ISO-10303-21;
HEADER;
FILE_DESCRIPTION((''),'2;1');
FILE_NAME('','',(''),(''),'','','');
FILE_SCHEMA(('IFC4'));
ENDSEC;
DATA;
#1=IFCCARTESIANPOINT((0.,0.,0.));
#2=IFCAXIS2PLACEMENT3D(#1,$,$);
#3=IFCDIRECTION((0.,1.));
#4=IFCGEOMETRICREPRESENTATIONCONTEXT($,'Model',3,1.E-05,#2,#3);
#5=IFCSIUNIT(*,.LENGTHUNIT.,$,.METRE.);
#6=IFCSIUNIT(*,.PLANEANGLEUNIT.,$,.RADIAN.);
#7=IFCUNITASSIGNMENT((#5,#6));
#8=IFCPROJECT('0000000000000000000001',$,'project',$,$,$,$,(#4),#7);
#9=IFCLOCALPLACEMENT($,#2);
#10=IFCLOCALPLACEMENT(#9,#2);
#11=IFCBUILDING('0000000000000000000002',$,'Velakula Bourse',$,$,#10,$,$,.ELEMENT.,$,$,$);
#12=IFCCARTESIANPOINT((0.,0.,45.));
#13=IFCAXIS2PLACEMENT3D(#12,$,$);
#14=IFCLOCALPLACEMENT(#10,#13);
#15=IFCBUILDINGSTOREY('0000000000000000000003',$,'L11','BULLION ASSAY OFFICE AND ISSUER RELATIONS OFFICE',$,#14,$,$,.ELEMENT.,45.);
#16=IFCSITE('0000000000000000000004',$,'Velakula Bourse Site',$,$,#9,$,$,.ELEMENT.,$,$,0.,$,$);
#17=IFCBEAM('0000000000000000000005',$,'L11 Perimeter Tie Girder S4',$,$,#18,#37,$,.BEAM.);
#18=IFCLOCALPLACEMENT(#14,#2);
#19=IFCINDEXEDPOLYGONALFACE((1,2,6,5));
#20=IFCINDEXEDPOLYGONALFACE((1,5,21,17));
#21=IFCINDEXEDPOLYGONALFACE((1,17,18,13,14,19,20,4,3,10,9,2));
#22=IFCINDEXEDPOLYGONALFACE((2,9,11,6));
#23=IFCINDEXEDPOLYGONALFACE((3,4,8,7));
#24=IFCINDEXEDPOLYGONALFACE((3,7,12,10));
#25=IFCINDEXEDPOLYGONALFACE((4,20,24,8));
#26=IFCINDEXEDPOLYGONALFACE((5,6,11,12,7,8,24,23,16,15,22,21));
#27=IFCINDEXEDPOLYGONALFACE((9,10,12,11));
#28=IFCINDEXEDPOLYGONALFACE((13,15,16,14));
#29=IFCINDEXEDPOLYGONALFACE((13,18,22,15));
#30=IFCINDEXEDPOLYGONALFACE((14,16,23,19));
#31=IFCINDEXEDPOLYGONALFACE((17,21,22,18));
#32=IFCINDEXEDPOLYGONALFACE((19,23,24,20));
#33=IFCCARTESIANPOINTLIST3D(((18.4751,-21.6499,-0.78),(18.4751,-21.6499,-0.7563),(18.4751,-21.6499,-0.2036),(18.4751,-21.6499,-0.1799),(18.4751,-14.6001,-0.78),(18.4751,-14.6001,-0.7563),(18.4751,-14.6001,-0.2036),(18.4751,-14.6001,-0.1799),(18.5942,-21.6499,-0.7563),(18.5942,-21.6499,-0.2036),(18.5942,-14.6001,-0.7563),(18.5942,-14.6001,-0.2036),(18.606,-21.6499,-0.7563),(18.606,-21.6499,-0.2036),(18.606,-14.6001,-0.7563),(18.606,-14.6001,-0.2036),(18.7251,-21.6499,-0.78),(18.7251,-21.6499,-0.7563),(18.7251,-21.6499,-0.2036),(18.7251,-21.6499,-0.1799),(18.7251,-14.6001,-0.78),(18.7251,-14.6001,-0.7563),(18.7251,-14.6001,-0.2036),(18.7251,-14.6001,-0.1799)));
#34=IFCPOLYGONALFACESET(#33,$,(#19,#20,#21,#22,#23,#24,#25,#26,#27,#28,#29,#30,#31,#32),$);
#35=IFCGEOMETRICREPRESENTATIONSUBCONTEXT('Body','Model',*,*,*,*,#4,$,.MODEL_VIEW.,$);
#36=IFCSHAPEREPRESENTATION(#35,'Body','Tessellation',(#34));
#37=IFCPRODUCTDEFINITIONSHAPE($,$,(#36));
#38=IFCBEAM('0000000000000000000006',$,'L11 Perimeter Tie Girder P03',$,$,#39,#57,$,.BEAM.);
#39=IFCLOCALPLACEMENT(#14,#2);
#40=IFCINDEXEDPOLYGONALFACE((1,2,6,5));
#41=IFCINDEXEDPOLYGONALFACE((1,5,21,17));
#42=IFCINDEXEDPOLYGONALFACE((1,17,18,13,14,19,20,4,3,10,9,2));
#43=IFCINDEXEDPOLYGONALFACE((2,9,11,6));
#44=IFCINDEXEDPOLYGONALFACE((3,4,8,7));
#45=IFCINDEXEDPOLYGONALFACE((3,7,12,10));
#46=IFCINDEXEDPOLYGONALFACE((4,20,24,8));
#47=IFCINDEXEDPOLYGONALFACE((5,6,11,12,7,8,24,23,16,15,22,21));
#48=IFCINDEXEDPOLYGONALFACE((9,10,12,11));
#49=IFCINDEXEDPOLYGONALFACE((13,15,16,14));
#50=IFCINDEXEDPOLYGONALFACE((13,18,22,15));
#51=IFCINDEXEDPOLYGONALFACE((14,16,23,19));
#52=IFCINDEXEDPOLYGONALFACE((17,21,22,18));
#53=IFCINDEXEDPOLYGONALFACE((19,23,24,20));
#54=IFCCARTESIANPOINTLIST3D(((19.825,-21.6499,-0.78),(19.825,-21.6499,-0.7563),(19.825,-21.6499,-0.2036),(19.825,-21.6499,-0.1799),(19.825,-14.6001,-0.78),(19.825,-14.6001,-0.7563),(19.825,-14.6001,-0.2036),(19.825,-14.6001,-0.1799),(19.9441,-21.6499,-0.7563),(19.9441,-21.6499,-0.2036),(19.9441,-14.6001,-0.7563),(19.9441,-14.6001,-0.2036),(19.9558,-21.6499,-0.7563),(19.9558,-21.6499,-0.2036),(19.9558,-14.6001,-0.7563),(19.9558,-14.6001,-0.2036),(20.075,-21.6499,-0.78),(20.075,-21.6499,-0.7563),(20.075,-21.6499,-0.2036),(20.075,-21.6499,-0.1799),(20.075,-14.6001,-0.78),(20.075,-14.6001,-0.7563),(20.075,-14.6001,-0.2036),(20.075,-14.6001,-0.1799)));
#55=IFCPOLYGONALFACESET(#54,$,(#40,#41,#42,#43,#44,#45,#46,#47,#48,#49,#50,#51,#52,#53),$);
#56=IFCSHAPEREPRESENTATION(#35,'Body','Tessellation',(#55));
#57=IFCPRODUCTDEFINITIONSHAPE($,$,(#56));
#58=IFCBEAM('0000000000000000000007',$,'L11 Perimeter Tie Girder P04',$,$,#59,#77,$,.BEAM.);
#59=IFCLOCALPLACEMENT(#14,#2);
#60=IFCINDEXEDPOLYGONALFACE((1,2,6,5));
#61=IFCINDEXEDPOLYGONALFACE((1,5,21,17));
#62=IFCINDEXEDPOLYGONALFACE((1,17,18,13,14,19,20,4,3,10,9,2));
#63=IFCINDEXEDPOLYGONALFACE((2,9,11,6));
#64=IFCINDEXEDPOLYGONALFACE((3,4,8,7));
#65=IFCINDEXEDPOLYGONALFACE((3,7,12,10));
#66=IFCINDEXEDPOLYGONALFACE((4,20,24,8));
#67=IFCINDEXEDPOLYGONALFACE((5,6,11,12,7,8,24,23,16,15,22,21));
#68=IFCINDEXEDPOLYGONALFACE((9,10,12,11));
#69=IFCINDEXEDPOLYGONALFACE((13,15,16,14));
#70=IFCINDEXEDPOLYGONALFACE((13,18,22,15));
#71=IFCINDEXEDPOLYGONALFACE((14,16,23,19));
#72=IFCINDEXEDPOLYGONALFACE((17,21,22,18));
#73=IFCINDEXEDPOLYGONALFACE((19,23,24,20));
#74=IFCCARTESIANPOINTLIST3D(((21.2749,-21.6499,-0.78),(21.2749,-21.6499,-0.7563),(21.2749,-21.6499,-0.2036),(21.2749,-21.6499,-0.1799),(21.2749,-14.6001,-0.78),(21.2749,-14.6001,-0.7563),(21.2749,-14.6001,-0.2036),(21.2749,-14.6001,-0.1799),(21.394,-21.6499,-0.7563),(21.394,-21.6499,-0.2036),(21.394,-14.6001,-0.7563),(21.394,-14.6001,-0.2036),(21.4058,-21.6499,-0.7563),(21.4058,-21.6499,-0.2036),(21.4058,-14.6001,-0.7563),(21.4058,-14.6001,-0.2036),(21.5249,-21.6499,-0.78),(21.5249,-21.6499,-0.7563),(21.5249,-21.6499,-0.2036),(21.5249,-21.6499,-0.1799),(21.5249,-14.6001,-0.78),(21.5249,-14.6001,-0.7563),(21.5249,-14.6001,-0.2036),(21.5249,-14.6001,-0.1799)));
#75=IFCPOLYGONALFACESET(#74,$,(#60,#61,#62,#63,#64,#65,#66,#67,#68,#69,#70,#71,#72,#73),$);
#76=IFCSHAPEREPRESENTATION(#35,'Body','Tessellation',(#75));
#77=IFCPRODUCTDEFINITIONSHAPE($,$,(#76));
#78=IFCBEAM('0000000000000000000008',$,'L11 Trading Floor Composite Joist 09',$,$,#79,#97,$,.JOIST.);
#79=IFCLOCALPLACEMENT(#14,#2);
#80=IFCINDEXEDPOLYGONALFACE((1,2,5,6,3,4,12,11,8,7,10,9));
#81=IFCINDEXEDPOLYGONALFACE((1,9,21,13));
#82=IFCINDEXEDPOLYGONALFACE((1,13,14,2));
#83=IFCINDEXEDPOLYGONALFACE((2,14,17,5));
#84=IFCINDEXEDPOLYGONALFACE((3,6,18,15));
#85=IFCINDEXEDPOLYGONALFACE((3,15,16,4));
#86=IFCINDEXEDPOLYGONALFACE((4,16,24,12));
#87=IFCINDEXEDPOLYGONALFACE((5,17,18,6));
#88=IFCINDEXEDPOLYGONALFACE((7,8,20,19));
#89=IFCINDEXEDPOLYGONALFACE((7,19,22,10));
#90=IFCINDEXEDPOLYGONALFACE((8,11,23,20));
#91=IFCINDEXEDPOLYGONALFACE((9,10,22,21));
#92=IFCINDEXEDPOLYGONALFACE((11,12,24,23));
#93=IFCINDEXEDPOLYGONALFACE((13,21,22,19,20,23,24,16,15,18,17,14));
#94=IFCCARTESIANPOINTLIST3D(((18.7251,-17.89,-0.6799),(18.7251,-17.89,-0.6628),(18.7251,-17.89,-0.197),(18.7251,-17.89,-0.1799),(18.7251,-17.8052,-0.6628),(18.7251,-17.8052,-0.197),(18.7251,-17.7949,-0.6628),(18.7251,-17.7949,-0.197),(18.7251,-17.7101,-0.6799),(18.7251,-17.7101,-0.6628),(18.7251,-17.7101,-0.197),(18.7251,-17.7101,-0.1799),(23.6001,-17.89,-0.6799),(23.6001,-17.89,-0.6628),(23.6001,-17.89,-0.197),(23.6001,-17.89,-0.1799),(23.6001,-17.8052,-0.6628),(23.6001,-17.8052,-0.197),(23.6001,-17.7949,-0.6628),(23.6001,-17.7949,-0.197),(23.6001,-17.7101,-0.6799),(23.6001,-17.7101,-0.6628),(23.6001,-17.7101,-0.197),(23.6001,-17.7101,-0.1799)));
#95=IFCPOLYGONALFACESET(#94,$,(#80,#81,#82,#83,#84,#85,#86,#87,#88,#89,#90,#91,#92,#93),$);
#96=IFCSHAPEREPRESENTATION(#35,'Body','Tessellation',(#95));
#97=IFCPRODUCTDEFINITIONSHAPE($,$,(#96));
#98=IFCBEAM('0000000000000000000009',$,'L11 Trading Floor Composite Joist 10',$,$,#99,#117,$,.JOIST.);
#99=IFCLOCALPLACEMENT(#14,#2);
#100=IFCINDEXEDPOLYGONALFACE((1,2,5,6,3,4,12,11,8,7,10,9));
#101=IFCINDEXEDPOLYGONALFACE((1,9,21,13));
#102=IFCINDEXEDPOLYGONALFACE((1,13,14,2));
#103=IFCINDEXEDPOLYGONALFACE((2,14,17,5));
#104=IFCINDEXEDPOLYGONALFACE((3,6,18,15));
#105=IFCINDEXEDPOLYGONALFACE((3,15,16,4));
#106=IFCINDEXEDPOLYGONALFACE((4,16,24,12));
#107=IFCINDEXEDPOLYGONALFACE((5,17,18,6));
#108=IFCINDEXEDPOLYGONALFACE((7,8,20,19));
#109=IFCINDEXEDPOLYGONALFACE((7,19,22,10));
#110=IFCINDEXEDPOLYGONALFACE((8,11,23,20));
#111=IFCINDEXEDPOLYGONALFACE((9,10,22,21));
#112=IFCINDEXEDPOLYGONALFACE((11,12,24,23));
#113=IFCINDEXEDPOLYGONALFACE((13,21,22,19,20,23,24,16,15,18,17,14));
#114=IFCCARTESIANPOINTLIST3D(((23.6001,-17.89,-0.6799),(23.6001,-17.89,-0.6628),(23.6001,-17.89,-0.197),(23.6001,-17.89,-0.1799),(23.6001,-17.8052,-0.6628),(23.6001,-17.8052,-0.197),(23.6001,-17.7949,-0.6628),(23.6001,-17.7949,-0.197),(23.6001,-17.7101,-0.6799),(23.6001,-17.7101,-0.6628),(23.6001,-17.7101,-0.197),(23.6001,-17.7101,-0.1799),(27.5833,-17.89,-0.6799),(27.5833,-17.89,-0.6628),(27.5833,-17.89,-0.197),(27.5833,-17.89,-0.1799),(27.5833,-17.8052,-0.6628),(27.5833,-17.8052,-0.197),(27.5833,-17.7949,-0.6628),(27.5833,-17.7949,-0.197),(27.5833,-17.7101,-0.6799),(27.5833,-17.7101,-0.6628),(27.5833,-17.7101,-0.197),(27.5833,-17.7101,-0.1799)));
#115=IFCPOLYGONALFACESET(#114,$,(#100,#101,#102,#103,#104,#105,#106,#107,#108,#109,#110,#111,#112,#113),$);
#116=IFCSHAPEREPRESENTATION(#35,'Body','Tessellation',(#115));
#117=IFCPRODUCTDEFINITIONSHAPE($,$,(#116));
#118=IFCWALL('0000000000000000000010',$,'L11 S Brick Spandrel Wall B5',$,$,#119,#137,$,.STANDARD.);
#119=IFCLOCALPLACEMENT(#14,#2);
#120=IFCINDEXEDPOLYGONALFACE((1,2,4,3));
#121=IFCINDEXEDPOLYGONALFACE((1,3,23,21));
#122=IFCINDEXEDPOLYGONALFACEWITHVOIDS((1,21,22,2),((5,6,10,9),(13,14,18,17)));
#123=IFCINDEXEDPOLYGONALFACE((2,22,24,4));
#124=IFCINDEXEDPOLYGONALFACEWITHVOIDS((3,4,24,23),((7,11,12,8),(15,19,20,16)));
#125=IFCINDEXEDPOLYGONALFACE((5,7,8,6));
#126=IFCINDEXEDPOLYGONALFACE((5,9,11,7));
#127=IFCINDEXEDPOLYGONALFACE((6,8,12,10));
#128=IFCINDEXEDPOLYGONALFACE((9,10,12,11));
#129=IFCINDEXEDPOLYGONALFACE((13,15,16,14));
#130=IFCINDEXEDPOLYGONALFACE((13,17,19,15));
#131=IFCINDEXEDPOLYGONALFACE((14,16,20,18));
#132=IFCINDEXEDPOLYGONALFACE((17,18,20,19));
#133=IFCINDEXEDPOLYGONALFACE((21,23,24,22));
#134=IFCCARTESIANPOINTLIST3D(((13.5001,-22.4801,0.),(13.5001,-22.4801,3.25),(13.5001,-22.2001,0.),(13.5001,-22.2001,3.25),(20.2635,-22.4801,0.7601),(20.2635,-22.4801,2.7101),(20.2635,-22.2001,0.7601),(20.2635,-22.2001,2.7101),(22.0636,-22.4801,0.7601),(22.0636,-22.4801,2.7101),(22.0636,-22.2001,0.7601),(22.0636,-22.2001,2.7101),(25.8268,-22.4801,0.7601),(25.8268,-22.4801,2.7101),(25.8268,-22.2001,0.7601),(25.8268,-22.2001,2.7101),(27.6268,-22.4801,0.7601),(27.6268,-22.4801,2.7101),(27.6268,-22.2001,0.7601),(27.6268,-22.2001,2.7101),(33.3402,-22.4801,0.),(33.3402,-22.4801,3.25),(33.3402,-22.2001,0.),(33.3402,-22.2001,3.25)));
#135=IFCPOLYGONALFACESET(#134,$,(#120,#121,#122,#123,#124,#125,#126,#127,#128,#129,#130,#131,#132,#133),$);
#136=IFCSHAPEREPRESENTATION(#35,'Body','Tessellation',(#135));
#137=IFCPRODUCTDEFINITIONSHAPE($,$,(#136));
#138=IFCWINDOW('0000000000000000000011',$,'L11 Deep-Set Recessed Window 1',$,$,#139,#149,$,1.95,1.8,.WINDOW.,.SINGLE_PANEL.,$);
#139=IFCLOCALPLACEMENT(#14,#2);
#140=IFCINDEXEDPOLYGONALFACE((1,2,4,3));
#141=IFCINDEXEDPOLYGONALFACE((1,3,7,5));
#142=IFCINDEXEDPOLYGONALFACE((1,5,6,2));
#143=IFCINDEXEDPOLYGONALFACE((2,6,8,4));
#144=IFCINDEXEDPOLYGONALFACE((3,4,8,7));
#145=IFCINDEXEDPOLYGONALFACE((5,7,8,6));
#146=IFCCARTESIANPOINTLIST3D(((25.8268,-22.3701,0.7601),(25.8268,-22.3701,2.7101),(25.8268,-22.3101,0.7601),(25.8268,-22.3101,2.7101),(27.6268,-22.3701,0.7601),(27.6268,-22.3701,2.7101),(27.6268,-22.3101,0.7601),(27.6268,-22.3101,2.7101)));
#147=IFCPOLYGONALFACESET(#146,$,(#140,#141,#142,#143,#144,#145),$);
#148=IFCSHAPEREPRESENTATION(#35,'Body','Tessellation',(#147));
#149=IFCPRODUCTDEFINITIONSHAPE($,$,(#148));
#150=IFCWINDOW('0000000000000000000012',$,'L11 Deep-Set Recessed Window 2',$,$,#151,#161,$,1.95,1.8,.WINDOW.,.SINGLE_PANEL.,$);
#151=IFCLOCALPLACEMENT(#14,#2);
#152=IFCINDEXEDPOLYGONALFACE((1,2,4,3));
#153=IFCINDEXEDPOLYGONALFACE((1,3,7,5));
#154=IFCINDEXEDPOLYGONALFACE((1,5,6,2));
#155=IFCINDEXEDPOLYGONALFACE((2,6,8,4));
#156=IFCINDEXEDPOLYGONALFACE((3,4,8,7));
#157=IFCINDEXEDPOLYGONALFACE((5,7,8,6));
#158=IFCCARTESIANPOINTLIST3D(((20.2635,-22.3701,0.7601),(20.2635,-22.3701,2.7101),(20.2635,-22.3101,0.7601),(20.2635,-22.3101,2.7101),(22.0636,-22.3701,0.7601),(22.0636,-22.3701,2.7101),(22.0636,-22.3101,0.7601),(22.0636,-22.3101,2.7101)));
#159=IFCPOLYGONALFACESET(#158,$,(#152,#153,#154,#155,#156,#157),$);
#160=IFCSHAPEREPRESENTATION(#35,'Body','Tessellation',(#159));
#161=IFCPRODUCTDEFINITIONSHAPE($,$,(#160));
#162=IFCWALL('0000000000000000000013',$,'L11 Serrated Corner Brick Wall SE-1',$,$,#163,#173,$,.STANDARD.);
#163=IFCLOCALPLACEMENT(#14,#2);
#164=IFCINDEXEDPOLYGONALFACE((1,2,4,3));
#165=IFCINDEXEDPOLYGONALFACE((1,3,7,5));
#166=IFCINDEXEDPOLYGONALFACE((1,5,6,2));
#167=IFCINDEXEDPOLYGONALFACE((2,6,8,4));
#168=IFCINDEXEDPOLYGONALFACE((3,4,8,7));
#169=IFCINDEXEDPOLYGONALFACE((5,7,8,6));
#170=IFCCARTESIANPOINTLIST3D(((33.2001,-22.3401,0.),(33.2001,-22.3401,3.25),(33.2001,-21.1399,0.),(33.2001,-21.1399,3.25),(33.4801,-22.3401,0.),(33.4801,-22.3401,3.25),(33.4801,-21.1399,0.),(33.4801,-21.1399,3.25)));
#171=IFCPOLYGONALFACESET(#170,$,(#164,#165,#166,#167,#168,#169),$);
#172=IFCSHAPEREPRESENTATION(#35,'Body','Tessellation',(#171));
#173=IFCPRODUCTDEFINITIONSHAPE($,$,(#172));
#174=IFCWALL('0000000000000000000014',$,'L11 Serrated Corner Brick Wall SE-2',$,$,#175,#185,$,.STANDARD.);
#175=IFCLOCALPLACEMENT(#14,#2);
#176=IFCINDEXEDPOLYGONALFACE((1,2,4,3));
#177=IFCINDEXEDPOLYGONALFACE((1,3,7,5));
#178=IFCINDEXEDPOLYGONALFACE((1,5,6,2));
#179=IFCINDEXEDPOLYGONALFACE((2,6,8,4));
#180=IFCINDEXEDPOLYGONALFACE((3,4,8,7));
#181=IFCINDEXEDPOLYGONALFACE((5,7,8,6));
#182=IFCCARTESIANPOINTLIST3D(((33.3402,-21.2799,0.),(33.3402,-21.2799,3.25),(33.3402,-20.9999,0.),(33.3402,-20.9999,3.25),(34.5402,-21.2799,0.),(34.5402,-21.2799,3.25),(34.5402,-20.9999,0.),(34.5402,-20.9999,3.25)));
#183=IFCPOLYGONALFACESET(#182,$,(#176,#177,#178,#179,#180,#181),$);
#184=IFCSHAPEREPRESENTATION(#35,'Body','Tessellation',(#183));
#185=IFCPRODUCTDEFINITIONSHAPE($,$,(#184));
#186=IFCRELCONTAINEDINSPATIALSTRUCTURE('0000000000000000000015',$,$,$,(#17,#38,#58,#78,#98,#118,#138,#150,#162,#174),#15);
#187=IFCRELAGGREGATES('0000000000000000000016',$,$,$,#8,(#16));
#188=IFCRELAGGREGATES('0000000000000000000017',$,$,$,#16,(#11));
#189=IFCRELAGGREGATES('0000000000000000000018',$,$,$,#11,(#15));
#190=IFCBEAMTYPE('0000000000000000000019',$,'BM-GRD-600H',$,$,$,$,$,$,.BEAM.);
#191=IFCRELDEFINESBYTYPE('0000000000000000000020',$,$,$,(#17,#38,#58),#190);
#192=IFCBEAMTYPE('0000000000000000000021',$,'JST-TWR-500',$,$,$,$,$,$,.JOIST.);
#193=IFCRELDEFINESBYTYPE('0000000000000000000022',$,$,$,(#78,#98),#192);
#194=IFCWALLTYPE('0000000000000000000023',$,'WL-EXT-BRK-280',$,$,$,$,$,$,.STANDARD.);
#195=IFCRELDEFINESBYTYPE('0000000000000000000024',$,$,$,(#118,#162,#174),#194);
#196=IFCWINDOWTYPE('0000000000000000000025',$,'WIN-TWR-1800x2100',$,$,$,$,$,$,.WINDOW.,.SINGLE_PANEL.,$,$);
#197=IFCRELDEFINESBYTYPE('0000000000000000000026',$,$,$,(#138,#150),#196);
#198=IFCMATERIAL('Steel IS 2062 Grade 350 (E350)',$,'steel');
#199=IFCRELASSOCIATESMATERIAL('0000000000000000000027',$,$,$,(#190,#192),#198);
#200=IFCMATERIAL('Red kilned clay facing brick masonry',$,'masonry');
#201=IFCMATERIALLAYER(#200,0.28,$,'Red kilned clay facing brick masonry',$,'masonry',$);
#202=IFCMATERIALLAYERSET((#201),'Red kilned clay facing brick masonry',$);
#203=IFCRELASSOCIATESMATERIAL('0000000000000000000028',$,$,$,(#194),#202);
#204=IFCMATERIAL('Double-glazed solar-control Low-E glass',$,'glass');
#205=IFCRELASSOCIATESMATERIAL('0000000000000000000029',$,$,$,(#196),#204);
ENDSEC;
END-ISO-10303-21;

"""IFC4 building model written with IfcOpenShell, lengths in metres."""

from ifc_helpers import new_model, si_unit, direction, frame, frame_2d, origin, origin_2d, place, context, subcontext, project, spatial, rectangle, i_section, extrude, material, layer, layer_set, material_profile, profile_set, type_object, element, fill, save


model = new_model("IFC4")

# Units and contexts
model_context = context("Model", 3, precision=1e-05, world=origin(), true_north=direction((0.0, 1.0)))
body_context = subcontext(model_context, "Body", "Model", "MODEL_VIEW")
ifc_project = project(units=[si_unit("LENGTHUNIT", "METRE"), si_unit("PLANEANGLEUNIT", "RADIAN")], contexts=[model_context])

# Site, building, storey
site_placement = place(None, origin())
site = spatial("IfcSite", under=ifc_project, at=site_placement, Name="Velakula Bourse Site", CompositionType="ELEMENT", RefElevation=0.0)
building_placement = place(site_placement, origin())
building = spatial("IfcBuilding", under=site, at=building_placement, Name="Velakula Bourse", CompositionType="ELEMENT")
storey_placement = place(building_placement, frame((0.0, 0.0, 45.0)))
storey = spatial("IfcBuildingStorey", under=building, at=storey_placement, Name="L11", Description="BULLION ASSAY OFFICE AND ISSUER RELATIONS OFFICE", CompositionType="ELEMENT", Elevation=45.0)

# Beams
ifc_material_1 = material(Name="Steel IS 2062 Grade 350 (E350)", Category="steel")
ifc_material_profile_1 = material_profile(ifc_material_1, i_section(OverallWidth=0.25, OverallDepth=0.6001, WebThickness=0.0117, FlangeThickness=0.0237, at=origin_2d()), Name="Steel IS 2062 Grade 350 (E350)")
ifc_profile_set_1 = profile_set([ifc_material_profile_1], Name="Steel IS 2062 Grade 350 (E350)")
beam_type_1 = type_object("IfcBeamType", Name="BM-GRD-600H", PredefinedType="BEAM", material=ifc_profile_set_1)
for number, where, z_axis, x_axis, name in (
    (1, (18.6001, -14.6001, -0.48), (0.0, -1.0, 0.0), (1.0, 0.0, 0.0), "L11 Perimeter Tie Girder S4"),
    (2, (19.95, -14.6001, -0.48), (0.0, -1.0, 0.0), (1.0, 0.0, 0.0), "L11 Perimeter Tie Girder P03"),
    (3, (21.3999, -14.6001, -0.48), (0.0, -1.0, 0.0), (1.0, 0.0, 0.0), "L11 Perimeter Tie Girder P04"),
):
    element("IfcBeam", number, at=place(storey_placement, frame(where, z_axis=z_axis, x_axis=x_axis)), inside=storey, type_object=beam_type_1, Name=name, PredefinedType="BEAM", context=body_context, shape_type="SweptSolid", body=[
        extrude(i_section(OverallWidth=0.25, OverallDepth=0.6001, WebThickness=0.0117, FlangeThickness=0.0237, at=origin_2d()), origin(), (0.0, 0.0, 1.0), 7.0498),
    ])
ifc_material_profile_2 = material_profile(ifc_material_1, i_section(OverallWidth=0.1799, OverallDepth=0.5, WebThickness=0.0103, FlangeThickness=0.0171, at=origin_2d()), Name="Steel IS 2062 Grade 350 (E350)")
ifc_profile_set_2 = profile_set([ifc_material_profile_2], Name="Steel IS 2062 Grade 350 (E350)")
beam_type_2 = type_object("IfcBeamType", Name="JST-TWR-500", PredefinedType="JOIST", material=ifc_profile_set_2)
beam_1_placement = place(storey_placement, frame((18.7251, -17.8, -0.4299), z_axis=(1.0, 0.0, 0.0), x_axis=(0.0, 1.0, 0.0)))
element("IfcBeam", 4, at=beam_1_placement, inside=storey, type_object=beam_type_2, Name="L11 Trading Floor Composite Joist 09", PredefinedType="JOIST", context=body_context, shape_type="SweptSolid", body=[
    extrude(i_section(OverallWidth=0.1799, OverallDepth=0.5, WebThickness=0.0103, FlangeThickness=0.0171, at=origin_2d()), origin(), (0.0, 0.0, 1.0), 4.875),
])
beam_2_placement = place(storey_placement, frame((23.6001, -17.8, -0.4299), z_axis=(1.0, 0.0, 0.0), x_axis=(0.0, 1.0, 0.0)))
element("IfcBeam", 5, at=beam_2_placement, inside=storey, type_object=beam_type_2, Name="L11 Trading Floor Composite Joist 10", PredefinedType="JOIST", context=body_context, shape_type="SweptSolid", body=[
    extrude(i_section(OverallWidth=0.1799, OverallDepth=0.5, WebThickness=0.0103, FlangeThickness=0.0171, at=origin_2d()), origin(), (0.0, 0.0, 1.0), 3.9832),
])

# Wall, openings, windows
ifc_material_2 = material(Name="Red kilned clay facing brick masonry", Category="masonry")
ifc_layer_1 = layer(ifc_material_2, 0.28, Name="Red kilned clay facing brick masonry", Category="masonry")
ifc_layer_set_1 = layer_set([ifc_layer_1], Name="Red kilned clay facing brick masonry")
wall_type_1 = type_object("IfcWallType", Name="WL-EXT-BRK-280", PredefinedType="STANDARD", material=ifc_layer_set_1)
wall_1_placement = place(storey_placement, frame((33.3401, -22.3401, 0.0), z_axis=(0.0, 0.0, 1.0), x_axis=(-1.0, 0.0, 0.0)))
wall_1 = element("IfcWall", 6, at=wall_1_placement, inside=storey, type_object=wall_type_1, Name="L11 S Brick Spandrel Wall B5", PredefinedType="STANDARD", context=body_context, shape_type="SweptSolid", body=[
    extrude(rectangle(XDim=19.8401, YDim=0.28, at=frame_2d((9.9199, 0.0))), origin(), (0.0, 0.0, 1.0), 3.25),
])
opening_1_placement = place(wall_1_placement, frame((5.7134, 0.0, 0.76)))
opening_1 = element("IfcOpeningElement", 7, at=opening_1_placement, cuts=wall_1, PredefinedType="OPENING", context=body_context, shape_type="SweptSolid", body=[
    extrude(rectangle(XDim=1.8, YDim=1.95, at=frame_2d((0.8999, 0.9751))), frame((0.0, 0.1499, 0.0), z_axis=(0.0, -1.0, 0.0), x_axis=(1.0, 0.0, 0.0)), (0.0, 0.0, 1.0), 0.3),
])
opening_2_placement = place(wall_1_placement, frame((11.2766, 0.0, 0.76)))
opening_2 = element("IfcOpeningElement", 8, at=opening_2_placement, cuts=wall_1, PredefinedType="OPENING", context=body_context, shape_type="SweptSolid", body=[
    extrude(rectangle(XDim=1.8, YDim=1.95, at=frame_2d((0.8999, 0.9751))), frame((0.0, 0.1499, 0.0), z_axis=(0.0, -1.0, 0.0), x_axis=(1.0, 0.0, 0.0)), (0.0, 0.0, 1.0), 0.3),
])
ifc_material_3 = material(Name="Double-glazed solar-control Low-E glass", Category="glass")
window_type = type_object("IfcWindowType", Name="WIN-TWR-1800x2100", PartitioningType="SINGLE_PANEL", PredefinedType="WINDOW", material=ifc_material_3)
window_1_placement = place(opening_1_placement, origin())
window_1 = element("IfcWindow", 9, at=window_1_placement, inside=storey, type_object=window_type, Name="L11 Deep-Set Recessed Window 1", OverallHeight=1.95, OverallWidth=1.8, PartitioningType="SINGLE_PANEL", PredefinedType="WINDOW", context=body_context, shape_type="SweptSolid", body=[
    extrude(rectangle(XDim=1.8, YDim=1.95, at=frame_2d((0.8999, 0.9751))), frame((0.0, 0.03, 0.0), z_axis=(0.0, -1.0, 0.0), x_axis=(1.0, 0.0, 0.0)), (0.0, 0.0, 1.0), 0.0601),
])
fill(opening_1, window_1)
window_2_placement = place(opening_2_placement, origin())
window_2 = element("IfcWindow", 10, at=window_2_placement, inside=storey, type_object=window_type, Name="L11 Deep-Set Recessed Window 2", OverallHeight=1.95, OverallWidth=1.8, PartitioningType="SINGLE_PANEL", PredefinedType="WINDOW", context=body_context, shape_type="SweptSolid", body=[
    extrude(rectangle(XDim=1.8, YDim=1.95, at=frame_2d((0.8999, 0.9751))), frame((0.0, 0.03, 0.0), z_axis=(0.0, -1.0, 0.0), x_axis=(1.0, 0.0, 0.0)), (0.0, 0.0, 1.0), 0.0601),
])
fill(opening_2, window_2)

# Walls
wall_2_placement = place(storey_placement, frame((33.3401, -22.3401, 0.0), z_axis=(0.0, 0.0, 1.0), x_axis=(0.0, 1.0, 0.0)))
element("IfcWall", 11, at=wall_2_placement, inside=storey, type_object=wall_type_1, Name="L11 Serrated Corner Brick Wall SE-1", PredefinedType="STANDARD", context=body_context, shape_type="SweptSolid", body=[
    extrude(rectangle(XDim=1.2002, YDim=0.28, at=frame_2d((0.6001, 0.0))), origin(), (0.0, 0.0, 1.0), 3.25),
])
for number, where, z_axis, x_axis, name in (
    (12, (33.3401, -21.1399, 0.0), (0.0, 0.0, 1.0), (1.0, 0.0, 0.0), "L11 Serrated Corner Brick Wall SE-2"),
):
    element("IfcWall", number, at=place(storey_placement, frame(where, z_axis=z_axis, x_axis=x_axis)), inside=storey, type_object=wall_type_1, Name=name, PredefinedType="STANDARD", context=body_context, shape_type="SweptSolid", body=[
        extrude(rectangle(XDim=1.2, YDim=0.28, at=frame_2d((0.6001, 0.0))), origin(), (0.0, 0.0, 1.0), 3.25),
    ])

save(model, "model.ifc")
